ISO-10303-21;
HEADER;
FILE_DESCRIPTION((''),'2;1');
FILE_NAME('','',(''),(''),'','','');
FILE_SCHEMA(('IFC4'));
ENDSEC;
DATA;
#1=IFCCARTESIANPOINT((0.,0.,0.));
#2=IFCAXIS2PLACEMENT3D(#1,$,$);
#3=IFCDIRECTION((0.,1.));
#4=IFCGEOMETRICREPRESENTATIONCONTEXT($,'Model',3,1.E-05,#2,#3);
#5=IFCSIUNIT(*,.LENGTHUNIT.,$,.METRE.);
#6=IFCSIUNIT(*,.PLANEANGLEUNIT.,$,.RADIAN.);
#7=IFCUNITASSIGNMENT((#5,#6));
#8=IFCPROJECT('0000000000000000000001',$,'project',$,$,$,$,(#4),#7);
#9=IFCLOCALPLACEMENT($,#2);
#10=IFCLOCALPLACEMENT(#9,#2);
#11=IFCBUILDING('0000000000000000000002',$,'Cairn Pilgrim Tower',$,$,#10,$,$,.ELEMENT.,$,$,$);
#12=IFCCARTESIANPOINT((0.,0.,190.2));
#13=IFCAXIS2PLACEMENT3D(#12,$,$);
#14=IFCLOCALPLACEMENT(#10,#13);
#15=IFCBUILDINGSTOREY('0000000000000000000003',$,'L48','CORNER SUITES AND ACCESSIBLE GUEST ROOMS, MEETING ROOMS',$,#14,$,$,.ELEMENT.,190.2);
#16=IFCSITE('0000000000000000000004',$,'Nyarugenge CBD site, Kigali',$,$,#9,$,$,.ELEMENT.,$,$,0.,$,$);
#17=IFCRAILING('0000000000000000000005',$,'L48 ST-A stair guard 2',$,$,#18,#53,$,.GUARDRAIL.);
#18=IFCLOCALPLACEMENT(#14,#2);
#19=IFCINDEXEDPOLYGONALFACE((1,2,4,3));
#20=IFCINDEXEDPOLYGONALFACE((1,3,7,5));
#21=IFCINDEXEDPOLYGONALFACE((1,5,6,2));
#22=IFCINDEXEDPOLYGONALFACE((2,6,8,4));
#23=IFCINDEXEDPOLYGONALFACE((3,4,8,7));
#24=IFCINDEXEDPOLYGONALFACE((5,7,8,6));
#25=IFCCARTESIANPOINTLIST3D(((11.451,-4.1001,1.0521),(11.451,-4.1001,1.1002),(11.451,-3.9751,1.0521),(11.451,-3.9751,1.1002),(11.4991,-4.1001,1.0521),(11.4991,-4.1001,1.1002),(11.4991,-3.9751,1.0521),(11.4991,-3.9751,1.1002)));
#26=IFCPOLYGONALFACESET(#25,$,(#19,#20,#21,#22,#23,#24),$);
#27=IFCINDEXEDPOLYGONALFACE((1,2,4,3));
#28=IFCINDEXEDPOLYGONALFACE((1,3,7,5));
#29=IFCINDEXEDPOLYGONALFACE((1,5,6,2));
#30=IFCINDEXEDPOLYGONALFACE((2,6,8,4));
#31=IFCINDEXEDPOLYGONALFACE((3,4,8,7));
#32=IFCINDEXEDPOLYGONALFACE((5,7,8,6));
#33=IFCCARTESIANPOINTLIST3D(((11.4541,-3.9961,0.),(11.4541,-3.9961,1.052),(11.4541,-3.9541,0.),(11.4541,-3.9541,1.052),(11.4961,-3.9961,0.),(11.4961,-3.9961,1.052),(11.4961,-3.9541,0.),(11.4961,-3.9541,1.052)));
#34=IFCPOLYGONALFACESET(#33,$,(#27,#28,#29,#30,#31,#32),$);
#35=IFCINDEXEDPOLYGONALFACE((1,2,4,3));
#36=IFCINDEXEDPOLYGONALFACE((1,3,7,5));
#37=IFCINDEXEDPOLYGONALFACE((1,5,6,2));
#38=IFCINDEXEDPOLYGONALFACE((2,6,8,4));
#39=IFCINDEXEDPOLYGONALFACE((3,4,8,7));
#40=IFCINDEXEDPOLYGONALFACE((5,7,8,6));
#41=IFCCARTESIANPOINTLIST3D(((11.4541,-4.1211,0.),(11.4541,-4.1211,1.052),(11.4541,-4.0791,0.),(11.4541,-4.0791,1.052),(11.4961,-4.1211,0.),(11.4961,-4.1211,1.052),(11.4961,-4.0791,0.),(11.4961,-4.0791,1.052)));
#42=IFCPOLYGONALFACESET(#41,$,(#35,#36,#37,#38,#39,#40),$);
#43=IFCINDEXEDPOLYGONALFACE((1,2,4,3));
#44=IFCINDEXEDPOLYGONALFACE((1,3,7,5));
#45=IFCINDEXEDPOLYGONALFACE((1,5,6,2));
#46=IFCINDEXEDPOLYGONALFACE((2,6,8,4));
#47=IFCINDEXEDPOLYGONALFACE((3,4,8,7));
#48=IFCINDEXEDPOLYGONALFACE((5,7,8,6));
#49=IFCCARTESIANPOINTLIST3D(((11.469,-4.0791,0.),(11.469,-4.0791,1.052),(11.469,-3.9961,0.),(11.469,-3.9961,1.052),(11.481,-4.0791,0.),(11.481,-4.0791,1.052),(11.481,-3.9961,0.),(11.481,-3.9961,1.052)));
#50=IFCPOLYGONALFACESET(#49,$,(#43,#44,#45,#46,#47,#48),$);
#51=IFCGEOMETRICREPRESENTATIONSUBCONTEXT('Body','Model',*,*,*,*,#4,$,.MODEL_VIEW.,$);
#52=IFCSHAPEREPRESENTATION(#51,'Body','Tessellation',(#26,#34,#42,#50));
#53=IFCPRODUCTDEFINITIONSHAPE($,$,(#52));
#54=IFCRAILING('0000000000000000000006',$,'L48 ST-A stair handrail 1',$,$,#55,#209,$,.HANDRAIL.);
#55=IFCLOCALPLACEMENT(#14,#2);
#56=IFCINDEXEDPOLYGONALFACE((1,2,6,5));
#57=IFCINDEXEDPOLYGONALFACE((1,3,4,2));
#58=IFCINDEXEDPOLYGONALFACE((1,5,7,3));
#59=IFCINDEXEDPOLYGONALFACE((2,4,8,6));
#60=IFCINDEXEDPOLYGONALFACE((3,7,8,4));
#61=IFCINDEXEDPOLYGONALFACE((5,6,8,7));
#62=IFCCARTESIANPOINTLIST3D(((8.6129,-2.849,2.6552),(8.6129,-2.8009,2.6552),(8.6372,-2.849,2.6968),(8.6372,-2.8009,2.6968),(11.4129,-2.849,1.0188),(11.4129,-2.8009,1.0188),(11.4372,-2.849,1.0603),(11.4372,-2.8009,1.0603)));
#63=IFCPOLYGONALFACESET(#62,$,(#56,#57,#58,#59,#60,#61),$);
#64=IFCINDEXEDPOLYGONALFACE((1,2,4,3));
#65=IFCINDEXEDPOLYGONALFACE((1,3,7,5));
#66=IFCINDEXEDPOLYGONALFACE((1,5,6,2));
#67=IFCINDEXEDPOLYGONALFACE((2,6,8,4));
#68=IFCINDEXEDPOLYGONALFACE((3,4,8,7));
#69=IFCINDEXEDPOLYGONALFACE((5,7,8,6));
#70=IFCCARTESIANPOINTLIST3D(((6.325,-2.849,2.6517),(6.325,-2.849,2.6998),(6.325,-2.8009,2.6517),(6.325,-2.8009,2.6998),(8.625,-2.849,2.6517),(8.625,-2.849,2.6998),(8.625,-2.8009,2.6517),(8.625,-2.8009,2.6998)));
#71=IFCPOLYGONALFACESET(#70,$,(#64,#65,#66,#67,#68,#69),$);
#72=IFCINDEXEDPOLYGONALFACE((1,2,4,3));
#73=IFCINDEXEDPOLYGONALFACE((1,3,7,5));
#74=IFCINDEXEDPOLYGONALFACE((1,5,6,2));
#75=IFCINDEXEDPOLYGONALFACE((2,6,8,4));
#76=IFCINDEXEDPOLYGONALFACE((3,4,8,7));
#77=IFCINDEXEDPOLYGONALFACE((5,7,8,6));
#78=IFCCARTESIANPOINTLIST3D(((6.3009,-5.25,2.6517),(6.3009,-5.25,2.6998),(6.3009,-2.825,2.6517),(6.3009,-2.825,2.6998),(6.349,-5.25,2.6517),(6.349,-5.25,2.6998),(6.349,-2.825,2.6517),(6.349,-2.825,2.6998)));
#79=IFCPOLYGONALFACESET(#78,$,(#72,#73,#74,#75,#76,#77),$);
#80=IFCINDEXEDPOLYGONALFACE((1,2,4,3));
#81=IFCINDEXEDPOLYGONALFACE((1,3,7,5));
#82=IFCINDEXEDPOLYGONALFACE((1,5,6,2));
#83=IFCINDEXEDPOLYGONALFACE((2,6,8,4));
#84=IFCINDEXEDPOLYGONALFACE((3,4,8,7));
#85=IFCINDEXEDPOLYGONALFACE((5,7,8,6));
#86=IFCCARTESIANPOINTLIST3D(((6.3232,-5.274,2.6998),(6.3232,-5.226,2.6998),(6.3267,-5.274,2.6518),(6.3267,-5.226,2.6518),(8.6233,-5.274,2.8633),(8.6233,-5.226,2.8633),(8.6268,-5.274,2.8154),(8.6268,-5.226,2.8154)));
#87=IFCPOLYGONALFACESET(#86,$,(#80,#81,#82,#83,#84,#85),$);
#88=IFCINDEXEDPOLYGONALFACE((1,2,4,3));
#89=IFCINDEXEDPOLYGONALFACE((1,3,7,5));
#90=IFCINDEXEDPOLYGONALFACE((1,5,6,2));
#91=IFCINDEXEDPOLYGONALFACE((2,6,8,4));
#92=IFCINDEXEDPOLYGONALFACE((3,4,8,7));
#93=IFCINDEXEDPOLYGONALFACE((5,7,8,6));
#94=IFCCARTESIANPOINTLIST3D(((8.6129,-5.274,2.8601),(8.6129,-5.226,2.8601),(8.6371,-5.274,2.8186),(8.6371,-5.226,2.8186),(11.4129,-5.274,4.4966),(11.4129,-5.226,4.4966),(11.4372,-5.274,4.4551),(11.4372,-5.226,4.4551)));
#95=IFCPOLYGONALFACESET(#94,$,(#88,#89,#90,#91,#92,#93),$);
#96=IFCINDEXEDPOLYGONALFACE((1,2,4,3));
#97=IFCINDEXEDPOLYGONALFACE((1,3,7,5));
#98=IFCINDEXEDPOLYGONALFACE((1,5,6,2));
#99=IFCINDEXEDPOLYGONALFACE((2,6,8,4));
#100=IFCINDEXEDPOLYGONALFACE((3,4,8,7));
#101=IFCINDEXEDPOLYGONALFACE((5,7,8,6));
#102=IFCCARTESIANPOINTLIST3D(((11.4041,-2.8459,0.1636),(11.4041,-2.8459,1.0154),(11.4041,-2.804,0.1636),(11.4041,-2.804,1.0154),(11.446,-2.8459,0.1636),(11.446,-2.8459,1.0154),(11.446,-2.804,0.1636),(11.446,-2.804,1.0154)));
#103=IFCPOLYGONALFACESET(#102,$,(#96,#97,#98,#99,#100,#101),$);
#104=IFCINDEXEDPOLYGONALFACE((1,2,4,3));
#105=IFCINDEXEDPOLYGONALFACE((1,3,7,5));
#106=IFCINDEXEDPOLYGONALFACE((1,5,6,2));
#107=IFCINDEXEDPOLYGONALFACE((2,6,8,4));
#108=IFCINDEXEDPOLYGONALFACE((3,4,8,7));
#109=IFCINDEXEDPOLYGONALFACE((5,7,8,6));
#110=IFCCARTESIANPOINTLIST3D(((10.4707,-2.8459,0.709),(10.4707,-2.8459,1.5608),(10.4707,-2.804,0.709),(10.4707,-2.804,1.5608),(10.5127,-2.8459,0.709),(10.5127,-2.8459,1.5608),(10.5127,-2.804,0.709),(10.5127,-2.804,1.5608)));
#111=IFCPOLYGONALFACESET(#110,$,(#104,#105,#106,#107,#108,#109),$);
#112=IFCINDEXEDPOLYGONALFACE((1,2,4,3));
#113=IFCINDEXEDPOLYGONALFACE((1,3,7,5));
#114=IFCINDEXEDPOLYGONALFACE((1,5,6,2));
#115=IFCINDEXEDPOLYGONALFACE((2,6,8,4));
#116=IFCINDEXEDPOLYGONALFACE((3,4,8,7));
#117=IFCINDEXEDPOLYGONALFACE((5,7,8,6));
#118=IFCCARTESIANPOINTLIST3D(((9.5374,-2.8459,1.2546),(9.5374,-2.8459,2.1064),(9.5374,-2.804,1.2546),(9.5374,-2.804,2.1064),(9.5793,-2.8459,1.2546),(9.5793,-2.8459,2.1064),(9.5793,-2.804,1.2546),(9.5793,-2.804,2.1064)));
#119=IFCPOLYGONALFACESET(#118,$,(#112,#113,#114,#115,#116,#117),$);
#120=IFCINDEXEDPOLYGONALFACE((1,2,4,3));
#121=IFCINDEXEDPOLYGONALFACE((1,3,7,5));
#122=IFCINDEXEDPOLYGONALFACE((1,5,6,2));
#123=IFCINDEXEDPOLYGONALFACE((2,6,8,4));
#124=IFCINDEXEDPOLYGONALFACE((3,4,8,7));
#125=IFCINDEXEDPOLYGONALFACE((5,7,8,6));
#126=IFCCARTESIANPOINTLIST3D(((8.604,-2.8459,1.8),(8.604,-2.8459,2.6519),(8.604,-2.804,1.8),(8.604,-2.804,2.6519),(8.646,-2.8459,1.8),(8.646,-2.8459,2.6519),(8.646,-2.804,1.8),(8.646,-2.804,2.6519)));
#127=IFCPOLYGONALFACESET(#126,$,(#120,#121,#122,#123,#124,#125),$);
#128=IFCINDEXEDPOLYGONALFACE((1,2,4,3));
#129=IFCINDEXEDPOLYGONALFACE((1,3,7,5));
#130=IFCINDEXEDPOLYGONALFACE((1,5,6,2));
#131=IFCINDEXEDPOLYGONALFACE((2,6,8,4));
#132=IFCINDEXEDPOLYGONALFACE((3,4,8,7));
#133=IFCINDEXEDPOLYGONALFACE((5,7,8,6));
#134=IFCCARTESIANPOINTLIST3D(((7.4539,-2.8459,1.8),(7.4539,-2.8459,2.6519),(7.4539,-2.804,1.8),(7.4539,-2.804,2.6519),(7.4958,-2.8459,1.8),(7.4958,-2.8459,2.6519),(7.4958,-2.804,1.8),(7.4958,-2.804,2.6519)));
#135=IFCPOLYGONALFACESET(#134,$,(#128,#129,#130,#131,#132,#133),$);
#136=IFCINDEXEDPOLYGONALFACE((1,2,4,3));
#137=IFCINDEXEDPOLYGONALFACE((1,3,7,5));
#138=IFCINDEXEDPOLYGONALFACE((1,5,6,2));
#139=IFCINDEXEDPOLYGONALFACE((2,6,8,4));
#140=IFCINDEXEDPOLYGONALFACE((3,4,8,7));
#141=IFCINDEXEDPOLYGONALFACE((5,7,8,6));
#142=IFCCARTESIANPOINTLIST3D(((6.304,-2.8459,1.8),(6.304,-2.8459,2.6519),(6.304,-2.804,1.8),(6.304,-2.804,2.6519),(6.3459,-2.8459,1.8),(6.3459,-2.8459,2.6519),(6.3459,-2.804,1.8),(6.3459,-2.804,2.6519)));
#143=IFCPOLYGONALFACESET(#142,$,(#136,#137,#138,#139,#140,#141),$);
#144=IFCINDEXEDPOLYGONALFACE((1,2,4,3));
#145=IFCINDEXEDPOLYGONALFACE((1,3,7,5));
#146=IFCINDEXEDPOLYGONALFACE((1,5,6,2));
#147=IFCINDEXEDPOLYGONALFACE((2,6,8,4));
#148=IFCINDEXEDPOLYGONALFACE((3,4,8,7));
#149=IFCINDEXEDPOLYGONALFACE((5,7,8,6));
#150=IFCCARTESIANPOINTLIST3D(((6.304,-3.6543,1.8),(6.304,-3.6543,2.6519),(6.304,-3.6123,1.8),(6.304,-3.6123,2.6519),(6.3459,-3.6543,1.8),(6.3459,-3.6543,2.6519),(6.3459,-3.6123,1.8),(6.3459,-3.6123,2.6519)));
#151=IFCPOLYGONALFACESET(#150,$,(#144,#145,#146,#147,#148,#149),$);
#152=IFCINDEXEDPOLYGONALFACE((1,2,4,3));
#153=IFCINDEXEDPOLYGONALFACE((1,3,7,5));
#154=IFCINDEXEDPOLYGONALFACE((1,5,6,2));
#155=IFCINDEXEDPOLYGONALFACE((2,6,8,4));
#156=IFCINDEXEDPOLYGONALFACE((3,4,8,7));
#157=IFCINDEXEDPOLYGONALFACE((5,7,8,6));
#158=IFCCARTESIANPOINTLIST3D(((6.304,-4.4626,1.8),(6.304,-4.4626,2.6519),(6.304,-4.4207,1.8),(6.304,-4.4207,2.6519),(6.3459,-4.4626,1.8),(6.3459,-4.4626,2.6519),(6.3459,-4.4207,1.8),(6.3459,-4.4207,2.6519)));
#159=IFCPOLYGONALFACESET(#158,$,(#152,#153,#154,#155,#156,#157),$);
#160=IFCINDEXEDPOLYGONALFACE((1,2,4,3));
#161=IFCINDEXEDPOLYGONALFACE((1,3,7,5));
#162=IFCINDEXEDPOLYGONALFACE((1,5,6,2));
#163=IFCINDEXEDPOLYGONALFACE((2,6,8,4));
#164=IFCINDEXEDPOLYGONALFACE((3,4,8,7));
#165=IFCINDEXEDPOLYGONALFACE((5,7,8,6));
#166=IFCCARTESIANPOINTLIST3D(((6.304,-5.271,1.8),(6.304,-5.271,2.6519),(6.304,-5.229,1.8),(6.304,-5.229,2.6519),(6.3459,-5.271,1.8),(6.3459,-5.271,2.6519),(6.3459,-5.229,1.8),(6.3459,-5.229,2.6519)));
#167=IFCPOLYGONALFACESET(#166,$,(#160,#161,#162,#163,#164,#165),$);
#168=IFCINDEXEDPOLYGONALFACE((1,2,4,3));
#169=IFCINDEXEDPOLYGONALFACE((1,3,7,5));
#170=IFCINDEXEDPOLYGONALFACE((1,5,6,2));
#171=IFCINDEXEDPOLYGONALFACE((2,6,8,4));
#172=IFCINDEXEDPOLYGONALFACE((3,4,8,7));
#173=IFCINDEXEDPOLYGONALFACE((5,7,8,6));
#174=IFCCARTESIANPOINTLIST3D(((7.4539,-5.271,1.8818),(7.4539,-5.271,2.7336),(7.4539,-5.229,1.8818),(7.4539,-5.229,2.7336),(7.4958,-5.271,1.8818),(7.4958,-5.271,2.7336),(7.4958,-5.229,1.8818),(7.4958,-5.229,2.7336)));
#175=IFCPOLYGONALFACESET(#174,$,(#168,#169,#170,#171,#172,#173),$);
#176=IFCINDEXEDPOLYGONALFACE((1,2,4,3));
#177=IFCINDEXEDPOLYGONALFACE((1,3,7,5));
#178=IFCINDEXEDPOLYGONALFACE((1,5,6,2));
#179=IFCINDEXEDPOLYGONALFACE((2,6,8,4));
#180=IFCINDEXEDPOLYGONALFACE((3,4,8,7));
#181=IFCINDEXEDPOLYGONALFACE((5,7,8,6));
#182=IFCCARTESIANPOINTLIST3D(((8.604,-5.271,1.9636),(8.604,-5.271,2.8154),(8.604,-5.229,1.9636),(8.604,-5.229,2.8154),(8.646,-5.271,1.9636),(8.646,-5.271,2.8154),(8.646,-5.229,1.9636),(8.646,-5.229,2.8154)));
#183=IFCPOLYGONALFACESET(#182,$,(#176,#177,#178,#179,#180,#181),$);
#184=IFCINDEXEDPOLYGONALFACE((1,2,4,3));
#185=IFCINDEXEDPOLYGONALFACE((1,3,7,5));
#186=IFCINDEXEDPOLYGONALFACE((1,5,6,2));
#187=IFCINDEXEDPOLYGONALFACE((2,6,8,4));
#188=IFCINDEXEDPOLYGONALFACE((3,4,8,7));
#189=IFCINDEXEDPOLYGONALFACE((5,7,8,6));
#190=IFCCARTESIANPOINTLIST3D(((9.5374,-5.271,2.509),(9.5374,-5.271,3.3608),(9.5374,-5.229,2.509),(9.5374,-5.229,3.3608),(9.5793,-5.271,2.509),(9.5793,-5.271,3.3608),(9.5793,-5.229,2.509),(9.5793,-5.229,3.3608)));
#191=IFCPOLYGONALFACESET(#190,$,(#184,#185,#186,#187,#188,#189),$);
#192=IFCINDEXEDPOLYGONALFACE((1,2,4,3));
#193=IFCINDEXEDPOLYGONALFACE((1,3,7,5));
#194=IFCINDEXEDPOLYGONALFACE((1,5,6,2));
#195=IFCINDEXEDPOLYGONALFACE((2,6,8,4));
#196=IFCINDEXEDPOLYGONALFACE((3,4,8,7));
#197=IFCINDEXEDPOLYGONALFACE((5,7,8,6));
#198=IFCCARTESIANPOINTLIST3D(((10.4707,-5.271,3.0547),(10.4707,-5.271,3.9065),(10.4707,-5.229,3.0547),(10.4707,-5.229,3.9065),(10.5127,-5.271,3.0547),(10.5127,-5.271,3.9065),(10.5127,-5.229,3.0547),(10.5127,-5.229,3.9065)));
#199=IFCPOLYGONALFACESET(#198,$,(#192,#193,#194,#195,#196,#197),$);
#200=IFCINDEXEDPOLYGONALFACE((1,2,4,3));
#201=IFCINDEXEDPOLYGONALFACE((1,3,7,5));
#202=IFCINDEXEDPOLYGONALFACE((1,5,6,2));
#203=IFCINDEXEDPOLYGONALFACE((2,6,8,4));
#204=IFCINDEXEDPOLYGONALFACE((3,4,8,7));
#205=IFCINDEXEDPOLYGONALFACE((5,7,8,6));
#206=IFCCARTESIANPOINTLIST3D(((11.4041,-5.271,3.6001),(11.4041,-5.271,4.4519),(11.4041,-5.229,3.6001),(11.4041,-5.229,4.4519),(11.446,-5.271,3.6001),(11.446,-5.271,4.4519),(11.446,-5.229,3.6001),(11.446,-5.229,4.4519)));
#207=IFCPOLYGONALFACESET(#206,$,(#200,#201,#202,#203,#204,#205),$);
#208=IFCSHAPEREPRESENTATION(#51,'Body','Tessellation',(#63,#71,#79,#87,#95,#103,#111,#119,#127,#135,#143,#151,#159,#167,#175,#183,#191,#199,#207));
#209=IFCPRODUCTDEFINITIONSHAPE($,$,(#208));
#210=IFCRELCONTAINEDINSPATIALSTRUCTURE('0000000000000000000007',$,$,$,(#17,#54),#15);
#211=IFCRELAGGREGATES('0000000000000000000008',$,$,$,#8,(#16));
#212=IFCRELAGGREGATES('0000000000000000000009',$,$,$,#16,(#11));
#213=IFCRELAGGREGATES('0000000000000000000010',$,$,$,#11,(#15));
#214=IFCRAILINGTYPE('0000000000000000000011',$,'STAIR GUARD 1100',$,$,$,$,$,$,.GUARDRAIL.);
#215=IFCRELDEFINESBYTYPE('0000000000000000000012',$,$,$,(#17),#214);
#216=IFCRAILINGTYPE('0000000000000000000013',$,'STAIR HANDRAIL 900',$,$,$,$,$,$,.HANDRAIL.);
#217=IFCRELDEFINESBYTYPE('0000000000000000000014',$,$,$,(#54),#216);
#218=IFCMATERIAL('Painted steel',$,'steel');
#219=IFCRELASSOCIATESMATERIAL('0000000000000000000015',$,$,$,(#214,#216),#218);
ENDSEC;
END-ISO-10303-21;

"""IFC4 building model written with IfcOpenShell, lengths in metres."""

from ifc_helpers import new_model, si_unit, direction, frame, origin, origin_2d, place, context, subcontext, project, spatial, polyline, rectangle, outline, extrude, material, type_object, element, save


model = new_model("IFC4")

# Units and contexts
model_context = context("Model", 3, precision=1e-05, world=origin(), true_north=direction((0.0, 1.0)))
body_context = subcontext(model_context, "Body", "Model", "MODEL_VIEW")
ifc_project = project(units=[si_unit("LENGTHUNIT", "METRE"), si_unit("PLANEANGLEUNIT", "RADIAN")], contexts=[model_context])

# Site, building, storey
site_placement = place(None, origin())
site = spatial("IfcSite", under=ifc_project, at=site_placement, Name="Nyarugenge CBD site, Kigali", CompositionType="ELEMENT", RefElevation=0.0)
building_placement = place(site_placement, origin())
building = spatial("IfcBuilding", under=site, at=building_placement, Name="Cairn Pilgrim Tower", CompositionType="ELEMENT")
storey_placement = place(building_placement, frame((0.0, 0.0, 190.2)))
storey = spatial("IfcBuildingStorey", under=building, at=storey_placement, Name="L48", Description="CORNER SUITES AND ACCESSIBLE GUEST ROOMS, MEETING ROOMS", CompositionType="ELEMENT", Elevation=190.2)

# Shared definitions
ifc_material_1 = material(Name="Painted steel", Category="steel")

# Railings
railing_type_1 = type_object("IfcRailingType", Name="STAIR GUARD 1100", PredefinedType="GUARDRAIL", material=ifc_material_1)
railing_1_placement = place(storey_placement, frame((11.4751, -3.9751, 0.0)))
element("IfcRailing", 1, at=railing_1_placement, inside=storey, type_object=railing_type_1, Name="L48 ST-A stair guard 2", PredefinedType="GUARDRAIL", context=body_context, shape_type="SweptSolid", body=[
    extrude(rectangle(XDim=0.0481, YDim=0.0481, at=origin_2d()), frame((0.0, 0.0, 1.0762), z_axis=(0.0, -1.0, 0.0), x_axis=(1.0, 0.0, 0.0)), (0.0, 0.0, 1.0), 0.125),
    extrude(rectangle(XDim=0.042, YDim=0.042, at=origin_2d()), origin(), (0.0, 0.0, 1.0), 1.052),
    extrude(rectangle(XDim=0.042, YDim=0.042, at=origin_2d()), frame((0.0, -0.125, 0.0)), (0.0, 0.0, 1.0), 1.052),
    extrude(outline(polyline([(0.021, 0.0), (0.104, 0.0), (0.104, 1.052), (0.021, 1.052), (0.021, 0.0)])), frame((0.0059, 0.0, 0.0), z_axis=(-1.0, 0.0, 0.0), x_axis=(0.0, -1.0, 0.0)), (0.0, 0.0, 1.0), 0.012),
])
railing_type_2 = type_object("IfcRailingType", Name="STAIR HANDRAIL 900", PredefinedType="HANDRAIL", material=ifc_material_1)
railing_2_placement = place(storey_placement, frame((11.425, -2.825, 0.1636)))
element("IfcRailing", 2, at=railing_2_placement, inside=storey, type_object=railing_type_2, Name="L48 ST-A stair handrail 1", PredefinedType="HANDRAIL", context=body_context, shape_type="SweptSolid", body=[
    extrude(rectangle(XDim=0.0481, YDim=0.0481, at=origin_2d()), frame((0.0, 0.0, 0.876), z_axis=(-0.863361, 0.0, 0.504587), x_axis=(0.0, -1.0, 0.0)), (0.0, 0.0, 1.0), 3.2432),
    extrude(rectangle(XDim=0.0481, YDim=0.0481, at=origin_2d()), frame((-2.8, 0.0, 2.5122), z_axis=(-1.0, 0.0, 0.0), x_axis=(0.0, -1.0, 0.0)), (0.0, 0.0, 1.0), 2.3),
    extrude(rectangle(XDim=0.0481, YDim=0.0481, at=origin_2d()), frame((-5.1001, 0.0, 2.5122), z_axis=(0.0, -1.0, 0.0), x_axis=(1.0, 0.0, 0.0)), (0.0, 0.0, 1.0), 2.425),
    extrude(rectangle(XDim=0.0481, YDim=0.0481, at=origin_2d()), frame((-5.1001, -2.425, 2.5122), z_axis=(0.997481, 0.0, 0.070939), x_axis=(0.0, 1.0, 0.0)), (0.0, 0.0, 1.0), 2.3059),
    extrude(rectangle(XDim=0.0481, YDim=0.0481, at=origin_2d()), frame((-2.8, -2.425, 2.6758), z_axis=(0.863361, 0.0, 0.504587), x_axis=(0.0, 1.0, 0.0)), (0.0, 0.0, 1.0), 3.2432),
    extrude(rectangle(XDim=0.042, YDim=0.042, at=origin_2d()), origin(), (0.0, 0.0, 1.0), 0.8518),
    extrude(rectangle(XDim=0.042, YDim=0.042, at=origin_2d()), frame((-0.9333, 0.0, 0.5454)), (0.0, 0.0, 1.0), 0.8518),
    extrude(rectangle(XDim=0.042, YDim=0.042, at=origin_2d()), frame((-1.8667, 0.0, 1.0911)), (0.0, 0.0, 1.0), 0.8518),
    extrude(rectangle(XDim=0.042, YDim=0.042, at=origin_2d()), frame((-2.8, 0.0, 1.6365)), (0.0, 0.0, 1.0), 0.8518),
    extrude(rectangle(XDim=0.042, YDim=0.042, at=origin_2d()), frame((-3.9502, 0.0, 1.6365)), (0.0, 0.0, 1.0), 0.8518),
    extrude(rectangle(XDim=0.042, YDim=0.042, at=origin_2d()), frame((-5.1001, 0.0, 1.6365)), (0.0, 0.0, 1.0), 0.8518),
    extrude(rectangle(XDim=0.042, YDim=0.042, at=origin_2d()), frame((-5.1001, -0.8083, 1.6365)), (0.0, 0.0, 1.0), 0.8518),
    extrude(rectangle(XDim=0.042, YDim=0.042, at=origin_2d()), frame((-5.1001, -1.6167, 1.6365)), (0.0, 0.0, 1.0), 0.8518),
    extrude(rectangle(XDim=0.042, YDim=0.042, at=origin_2d()), frame((-5.1001, -2.425, 1.6365)), (0.0, 0.0, 1.0), 0.8518),
    extrude(rectangle(XDim=0.042, YDim=0.042, at=origin_2d()), frame((-3.9502, -2.425, 1.7183)), (0.0, 0.0, 1.0), 0.8518),
    extrude(rectangle(XDim=0.042, YDim=0.042, at=origin_2d()), frame((-2.8, -2.425, 1.8)), (0.0, 0.0, 1.0), 0.8518),
    extrude(rectangle(XDim=0.042, YDim=0.042, at=origin_2d()), frame((-1.8667, -2.425, 2.3455)), (0.0, 0.0, 1.0), 0.8518),
    extrude(rectangle(XDim=0.042, YDim=0.042, at=origin_2d()), frame((-0.9333, -2.425, 2.8911)), (0.0, 0.0, 1.0), 0.8518),
    extrude(rectangle(XDim=0.042, YDim=0.042, at=origin_2d()), frame((0.0, -2.425, 3.4365)), (0.0, 0.0, 1.0), 0.8518),
])

save(model, "model.ifc")
